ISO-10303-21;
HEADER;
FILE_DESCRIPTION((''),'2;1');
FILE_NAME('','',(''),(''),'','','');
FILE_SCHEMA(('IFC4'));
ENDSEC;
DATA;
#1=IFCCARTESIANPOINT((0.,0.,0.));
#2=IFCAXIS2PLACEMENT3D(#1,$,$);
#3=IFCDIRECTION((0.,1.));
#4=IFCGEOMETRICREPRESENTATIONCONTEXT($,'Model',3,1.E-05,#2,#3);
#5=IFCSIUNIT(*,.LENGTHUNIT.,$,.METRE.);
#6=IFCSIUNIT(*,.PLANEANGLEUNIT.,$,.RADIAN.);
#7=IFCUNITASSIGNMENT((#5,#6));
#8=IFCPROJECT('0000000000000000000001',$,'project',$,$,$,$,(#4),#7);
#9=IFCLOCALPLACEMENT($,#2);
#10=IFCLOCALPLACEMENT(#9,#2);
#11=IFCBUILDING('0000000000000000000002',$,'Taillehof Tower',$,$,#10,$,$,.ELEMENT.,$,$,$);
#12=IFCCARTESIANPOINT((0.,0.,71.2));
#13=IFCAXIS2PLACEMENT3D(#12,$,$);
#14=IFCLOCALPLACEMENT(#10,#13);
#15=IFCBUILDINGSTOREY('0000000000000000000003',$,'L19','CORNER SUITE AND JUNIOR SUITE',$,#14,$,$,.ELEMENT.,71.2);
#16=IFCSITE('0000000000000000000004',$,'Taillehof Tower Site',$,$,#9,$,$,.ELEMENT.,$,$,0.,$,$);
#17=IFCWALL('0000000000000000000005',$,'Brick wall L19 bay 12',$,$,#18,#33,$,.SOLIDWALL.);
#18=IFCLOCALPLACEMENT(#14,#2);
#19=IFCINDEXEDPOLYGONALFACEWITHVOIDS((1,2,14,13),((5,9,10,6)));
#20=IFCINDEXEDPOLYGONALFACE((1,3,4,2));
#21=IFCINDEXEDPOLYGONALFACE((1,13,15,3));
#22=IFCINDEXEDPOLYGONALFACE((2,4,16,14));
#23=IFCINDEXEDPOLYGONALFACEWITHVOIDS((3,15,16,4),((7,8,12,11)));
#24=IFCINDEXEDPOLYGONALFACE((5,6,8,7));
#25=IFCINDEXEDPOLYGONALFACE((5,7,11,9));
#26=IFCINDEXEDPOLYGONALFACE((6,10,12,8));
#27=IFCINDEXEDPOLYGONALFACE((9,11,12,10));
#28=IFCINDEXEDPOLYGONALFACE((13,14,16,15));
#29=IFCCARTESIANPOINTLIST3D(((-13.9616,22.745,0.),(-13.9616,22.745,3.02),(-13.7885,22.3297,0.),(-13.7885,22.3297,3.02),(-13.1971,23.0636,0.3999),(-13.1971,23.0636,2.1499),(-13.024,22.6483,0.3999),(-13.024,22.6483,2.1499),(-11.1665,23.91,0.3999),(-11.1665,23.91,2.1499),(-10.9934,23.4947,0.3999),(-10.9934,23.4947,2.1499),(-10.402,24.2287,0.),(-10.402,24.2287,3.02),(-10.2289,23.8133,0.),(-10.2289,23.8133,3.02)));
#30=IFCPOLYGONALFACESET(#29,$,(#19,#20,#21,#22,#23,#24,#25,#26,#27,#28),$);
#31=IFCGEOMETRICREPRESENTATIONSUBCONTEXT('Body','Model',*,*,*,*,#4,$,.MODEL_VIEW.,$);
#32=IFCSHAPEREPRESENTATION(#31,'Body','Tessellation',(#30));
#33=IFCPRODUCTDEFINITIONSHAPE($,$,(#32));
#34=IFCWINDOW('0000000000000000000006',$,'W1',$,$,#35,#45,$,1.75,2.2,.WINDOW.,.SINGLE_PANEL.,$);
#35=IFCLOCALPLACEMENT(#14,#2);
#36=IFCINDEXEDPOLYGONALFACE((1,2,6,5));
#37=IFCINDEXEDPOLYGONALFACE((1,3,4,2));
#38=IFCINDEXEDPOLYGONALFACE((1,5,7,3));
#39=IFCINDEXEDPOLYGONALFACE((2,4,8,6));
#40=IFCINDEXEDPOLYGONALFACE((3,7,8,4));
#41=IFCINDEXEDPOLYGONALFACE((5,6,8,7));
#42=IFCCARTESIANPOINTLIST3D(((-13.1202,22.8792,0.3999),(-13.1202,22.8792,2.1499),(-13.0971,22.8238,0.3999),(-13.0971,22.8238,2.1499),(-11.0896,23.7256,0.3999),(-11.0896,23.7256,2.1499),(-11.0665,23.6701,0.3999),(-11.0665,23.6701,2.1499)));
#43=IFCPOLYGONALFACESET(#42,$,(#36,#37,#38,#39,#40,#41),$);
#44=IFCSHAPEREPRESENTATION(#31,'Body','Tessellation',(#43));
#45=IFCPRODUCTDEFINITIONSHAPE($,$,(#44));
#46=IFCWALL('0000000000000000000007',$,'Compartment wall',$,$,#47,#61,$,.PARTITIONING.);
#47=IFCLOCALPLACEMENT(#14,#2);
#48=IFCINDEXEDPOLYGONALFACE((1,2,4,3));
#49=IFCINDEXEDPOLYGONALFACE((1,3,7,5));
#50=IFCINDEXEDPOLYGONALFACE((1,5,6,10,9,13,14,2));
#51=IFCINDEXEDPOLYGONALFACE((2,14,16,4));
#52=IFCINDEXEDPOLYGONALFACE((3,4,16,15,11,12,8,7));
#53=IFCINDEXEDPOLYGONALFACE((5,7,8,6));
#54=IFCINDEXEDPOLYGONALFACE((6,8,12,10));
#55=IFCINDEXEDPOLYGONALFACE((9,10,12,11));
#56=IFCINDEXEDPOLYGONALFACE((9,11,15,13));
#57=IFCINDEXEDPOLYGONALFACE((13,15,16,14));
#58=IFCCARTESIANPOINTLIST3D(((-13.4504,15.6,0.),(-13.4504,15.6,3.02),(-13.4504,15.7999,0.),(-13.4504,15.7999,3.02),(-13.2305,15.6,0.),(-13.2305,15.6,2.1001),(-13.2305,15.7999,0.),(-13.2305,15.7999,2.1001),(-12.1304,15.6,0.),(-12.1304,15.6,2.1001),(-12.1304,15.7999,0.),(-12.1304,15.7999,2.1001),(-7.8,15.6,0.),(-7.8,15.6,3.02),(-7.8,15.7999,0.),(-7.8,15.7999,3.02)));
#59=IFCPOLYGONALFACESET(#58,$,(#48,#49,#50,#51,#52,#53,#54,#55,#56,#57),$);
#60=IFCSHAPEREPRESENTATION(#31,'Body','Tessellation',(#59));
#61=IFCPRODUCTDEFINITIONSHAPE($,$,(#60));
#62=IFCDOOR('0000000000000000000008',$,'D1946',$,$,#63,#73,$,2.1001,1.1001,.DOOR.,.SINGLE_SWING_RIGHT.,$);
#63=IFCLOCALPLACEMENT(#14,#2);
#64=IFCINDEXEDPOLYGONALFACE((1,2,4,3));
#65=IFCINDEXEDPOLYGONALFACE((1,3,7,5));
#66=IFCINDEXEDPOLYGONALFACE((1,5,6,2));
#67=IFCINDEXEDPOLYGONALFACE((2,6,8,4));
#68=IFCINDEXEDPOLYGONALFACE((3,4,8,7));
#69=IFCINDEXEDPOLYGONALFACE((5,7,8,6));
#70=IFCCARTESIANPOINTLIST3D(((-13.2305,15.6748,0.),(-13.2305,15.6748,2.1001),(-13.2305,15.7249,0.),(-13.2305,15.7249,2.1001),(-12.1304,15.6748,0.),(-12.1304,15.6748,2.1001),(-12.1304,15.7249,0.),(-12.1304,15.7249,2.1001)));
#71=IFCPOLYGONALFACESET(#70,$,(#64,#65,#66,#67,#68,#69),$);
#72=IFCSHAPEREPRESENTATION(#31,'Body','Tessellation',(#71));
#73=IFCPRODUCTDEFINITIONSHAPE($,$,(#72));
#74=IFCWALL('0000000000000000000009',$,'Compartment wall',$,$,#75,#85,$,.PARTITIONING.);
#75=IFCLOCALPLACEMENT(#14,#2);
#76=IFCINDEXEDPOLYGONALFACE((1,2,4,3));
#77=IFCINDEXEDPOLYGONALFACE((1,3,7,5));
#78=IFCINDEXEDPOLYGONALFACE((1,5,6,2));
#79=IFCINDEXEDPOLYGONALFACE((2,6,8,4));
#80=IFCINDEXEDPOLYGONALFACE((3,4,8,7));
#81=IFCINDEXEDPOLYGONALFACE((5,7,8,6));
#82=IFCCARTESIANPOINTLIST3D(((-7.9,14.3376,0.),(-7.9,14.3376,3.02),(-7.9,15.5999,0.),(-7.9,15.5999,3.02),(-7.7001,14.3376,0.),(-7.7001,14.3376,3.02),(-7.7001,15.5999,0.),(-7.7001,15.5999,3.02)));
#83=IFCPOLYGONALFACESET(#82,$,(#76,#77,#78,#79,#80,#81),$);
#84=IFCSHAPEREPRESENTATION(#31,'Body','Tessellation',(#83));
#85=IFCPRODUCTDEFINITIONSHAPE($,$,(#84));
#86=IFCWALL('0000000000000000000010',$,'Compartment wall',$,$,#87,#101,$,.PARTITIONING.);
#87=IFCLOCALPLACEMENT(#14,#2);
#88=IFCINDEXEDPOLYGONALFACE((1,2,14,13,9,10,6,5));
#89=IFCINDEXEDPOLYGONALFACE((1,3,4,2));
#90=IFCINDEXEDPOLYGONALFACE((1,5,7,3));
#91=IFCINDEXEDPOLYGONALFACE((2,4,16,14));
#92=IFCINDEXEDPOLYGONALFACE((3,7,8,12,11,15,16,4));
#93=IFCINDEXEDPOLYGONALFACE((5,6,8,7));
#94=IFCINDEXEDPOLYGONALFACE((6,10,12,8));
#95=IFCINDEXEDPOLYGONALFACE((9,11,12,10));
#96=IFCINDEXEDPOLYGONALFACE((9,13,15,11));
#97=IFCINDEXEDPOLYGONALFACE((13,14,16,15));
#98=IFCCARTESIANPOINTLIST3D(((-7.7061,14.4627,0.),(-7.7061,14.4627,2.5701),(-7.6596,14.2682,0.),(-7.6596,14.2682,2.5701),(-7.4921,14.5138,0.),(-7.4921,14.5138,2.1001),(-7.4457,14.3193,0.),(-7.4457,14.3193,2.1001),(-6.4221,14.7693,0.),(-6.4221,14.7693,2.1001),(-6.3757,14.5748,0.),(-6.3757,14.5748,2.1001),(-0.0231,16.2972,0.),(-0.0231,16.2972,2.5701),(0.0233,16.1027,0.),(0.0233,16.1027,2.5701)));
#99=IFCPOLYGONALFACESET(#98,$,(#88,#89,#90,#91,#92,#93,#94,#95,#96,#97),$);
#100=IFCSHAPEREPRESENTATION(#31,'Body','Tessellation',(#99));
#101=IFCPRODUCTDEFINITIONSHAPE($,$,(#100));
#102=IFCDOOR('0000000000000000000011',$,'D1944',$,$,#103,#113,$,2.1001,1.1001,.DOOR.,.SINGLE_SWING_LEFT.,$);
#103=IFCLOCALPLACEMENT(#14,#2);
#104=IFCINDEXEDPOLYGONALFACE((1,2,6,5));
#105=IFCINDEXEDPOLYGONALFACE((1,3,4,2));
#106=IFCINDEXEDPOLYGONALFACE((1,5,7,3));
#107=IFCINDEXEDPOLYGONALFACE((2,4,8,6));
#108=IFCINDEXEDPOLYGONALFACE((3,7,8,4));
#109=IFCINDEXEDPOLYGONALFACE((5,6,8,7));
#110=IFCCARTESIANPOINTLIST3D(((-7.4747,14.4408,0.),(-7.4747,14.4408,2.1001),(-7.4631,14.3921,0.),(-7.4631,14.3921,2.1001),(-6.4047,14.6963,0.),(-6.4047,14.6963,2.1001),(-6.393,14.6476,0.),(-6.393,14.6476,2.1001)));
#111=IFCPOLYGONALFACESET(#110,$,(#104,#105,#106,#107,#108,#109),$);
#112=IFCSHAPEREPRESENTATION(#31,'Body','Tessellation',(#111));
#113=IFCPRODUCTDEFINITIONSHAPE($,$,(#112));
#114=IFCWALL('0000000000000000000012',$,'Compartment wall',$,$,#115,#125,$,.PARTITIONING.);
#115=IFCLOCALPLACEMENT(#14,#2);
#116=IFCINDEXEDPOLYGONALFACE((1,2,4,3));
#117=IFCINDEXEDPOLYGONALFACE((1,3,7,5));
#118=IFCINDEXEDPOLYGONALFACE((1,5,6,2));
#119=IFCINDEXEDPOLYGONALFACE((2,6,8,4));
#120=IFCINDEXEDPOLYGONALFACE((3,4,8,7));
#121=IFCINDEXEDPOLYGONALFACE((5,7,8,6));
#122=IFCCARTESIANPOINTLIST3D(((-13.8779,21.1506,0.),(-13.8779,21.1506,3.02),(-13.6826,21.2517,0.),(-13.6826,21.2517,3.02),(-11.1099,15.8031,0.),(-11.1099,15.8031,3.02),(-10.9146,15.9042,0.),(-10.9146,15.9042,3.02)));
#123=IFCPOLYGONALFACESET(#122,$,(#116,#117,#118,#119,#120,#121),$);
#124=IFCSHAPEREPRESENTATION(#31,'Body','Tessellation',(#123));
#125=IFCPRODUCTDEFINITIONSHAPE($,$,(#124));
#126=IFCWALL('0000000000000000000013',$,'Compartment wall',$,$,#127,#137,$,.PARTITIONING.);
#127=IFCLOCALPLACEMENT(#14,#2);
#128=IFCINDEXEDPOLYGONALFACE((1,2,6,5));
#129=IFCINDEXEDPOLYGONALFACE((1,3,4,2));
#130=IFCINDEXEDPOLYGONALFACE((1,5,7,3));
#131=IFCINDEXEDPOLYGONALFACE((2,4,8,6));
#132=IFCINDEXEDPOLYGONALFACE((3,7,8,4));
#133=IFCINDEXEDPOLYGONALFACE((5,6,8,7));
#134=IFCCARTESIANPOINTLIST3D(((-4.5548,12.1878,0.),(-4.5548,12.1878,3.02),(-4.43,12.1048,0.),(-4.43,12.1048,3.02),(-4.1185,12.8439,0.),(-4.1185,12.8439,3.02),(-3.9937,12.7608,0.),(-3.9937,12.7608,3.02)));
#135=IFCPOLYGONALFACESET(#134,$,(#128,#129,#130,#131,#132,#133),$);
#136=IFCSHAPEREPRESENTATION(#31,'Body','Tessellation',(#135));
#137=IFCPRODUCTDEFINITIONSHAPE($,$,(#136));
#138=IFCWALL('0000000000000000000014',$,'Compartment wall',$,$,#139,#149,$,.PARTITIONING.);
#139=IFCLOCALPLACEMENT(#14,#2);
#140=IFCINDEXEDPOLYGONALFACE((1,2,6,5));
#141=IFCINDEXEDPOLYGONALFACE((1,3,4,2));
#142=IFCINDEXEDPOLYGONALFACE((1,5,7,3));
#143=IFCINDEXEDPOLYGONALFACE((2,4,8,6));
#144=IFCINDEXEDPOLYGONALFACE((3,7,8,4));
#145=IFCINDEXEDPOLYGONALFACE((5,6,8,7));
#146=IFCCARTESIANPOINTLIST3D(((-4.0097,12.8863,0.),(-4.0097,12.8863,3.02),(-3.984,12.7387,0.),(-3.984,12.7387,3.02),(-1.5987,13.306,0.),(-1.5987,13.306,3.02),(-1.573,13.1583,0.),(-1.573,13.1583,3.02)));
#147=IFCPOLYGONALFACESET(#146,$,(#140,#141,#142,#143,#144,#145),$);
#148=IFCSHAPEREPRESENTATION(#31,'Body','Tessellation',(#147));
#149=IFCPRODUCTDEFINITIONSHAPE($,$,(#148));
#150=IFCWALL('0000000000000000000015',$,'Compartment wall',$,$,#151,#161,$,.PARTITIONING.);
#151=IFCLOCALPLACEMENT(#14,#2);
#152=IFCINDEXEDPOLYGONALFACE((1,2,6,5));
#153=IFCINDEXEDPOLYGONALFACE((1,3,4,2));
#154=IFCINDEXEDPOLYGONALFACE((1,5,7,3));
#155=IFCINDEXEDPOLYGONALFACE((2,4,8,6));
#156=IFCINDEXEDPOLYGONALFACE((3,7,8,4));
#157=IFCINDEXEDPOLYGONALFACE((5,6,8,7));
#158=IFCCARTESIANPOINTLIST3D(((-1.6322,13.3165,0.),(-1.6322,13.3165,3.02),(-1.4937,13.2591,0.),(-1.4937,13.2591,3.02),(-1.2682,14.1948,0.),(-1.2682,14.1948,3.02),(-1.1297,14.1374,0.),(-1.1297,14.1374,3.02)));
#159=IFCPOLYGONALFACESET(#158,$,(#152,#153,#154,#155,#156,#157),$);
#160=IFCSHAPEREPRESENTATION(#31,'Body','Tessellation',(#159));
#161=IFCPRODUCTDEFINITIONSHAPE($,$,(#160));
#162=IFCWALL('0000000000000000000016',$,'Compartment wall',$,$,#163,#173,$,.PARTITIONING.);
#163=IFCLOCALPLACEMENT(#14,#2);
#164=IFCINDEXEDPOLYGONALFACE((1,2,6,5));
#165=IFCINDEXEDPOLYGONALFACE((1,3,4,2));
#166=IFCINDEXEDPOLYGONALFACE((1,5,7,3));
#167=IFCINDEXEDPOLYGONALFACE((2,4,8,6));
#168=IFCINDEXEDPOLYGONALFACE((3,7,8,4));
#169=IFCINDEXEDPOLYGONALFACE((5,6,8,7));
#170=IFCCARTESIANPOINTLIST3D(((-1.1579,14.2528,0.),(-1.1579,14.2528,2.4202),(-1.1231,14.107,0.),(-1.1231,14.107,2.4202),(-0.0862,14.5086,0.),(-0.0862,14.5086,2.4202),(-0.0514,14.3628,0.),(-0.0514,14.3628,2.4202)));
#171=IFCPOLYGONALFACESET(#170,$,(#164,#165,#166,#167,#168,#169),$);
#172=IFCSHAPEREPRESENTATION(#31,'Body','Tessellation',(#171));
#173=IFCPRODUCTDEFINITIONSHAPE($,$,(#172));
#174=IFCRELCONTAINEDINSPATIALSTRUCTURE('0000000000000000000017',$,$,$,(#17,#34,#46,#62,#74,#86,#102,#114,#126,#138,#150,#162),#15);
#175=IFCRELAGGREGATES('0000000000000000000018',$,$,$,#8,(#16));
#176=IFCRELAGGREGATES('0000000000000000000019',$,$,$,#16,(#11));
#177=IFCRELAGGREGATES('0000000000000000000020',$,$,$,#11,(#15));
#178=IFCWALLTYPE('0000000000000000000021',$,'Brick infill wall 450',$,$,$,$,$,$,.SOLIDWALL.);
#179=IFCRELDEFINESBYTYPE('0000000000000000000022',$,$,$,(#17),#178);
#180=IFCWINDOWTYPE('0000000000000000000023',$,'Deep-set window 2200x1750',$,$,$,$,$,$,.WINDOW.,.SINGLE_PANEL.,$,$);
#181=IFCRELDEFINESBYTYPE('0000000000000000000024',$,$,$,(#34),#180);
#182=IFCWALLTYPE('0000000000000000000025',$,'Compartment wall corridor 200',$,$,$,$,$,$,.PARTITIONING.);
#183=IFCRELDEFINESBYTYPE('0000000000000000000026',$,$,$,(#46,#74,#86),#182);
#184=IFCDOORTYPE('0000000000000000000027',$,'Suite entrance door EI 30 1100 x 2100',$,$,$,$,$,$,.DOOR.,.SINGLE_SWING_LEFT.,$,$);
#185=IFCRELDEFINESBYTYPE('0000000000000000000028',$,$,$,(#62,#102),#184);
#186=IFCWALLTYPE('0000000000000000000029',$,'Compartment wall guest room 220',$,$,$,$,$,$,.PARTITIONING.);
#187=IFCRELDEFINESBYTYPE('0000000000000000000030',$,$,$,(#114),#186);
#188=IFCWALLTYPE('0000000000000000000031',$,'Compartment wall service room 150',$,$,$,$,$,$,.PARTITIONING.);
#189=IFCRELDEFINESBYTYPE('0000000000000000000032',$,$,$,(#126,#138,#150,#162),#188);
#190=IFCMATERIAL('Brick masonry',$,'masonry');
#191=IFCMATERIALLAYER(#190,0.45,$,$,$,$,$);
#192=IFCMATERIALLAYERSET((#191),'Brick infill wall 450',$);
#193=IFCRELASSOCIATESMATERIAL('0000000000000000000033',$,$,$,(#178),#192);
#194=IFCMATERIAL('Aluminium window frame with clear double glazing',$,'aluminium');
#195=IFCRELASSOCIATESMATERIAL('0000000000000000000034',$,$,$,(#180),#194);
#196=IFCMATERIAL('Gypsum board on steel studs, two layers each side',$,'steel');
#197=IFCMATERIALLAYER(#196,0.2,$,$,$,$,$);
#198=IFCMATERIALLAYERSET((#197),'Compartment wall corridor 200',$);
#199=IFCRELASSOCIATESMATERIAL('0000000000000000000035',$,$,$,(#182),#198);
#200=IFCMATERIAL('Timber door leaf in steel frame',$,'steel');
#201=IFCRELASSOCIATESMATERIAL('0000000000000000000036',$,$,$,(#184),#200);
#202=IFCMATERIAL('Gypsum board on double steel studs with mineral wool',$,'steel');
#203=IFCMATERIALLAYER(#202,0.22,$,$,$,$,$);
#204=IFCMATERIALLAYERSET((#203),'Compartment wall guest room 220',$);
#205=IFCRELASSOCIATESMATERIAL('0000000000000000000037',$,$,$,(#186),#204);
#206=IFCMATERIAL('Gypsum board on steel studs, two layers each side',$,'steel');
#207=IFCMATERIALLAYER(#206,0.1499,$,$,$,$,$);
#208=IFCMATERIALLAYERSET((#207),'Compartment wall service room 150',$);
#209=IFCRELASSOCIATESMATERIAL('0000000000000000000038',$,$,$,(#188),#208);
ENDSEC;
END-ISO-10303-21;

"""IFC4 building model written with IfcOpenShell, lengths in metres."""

from ifc_helpers import new_model, si_unit, direction, frame, frame_2d, origin, place, context, subcontext, project, spatial, rectangle, extrude, material, layer, layer_set, type_object, element, fill, save


model = new_model("IFC4")

# Units and contexts
model_context = context("Model", 3, precision=1e-05, world=origin(), true_north=direction((0.0, 1.0)))
body_context = subcontext(model_context, "Body", "Model", "MODEL_VIEW")
ifc_project = project(units=[si_unit("LENGTHUNIT", "METRE"), si_unit("PLANEANGLEUNIT", "RADIAN")], contexts=[model_context])

# Site, building, storey
site_placement = place(None, origin())
site = spatial("IfcSite", under=ifc_project, at=site_placement, Name="Taillehof Tower Site", CompositionType="ELEMENT", RefElevation=0.0)
building_placement = place(site_placement, origin())
building = spatial("IfcBuilding", under=site, at=building_placement, Name="Taillehof Tower", CompositionType="ELEMENT")
storey_placement = place(building_placement, frame((0.0, 0.0, 71.2)))
storey = spatial("IfcBuildingStorey", under=building, at=storey_placement, Name="L19", Description="CORNER SUITE AND JUNIOR SUITE", CompositionType="ELEMENT", Elevation=71.2)

# Wall, opening, window
ifc_material_1 = material(Name="Brick masonry", Category="masonry")
ifc_layer_1 = layer(ifc_material_1, 0.45)
ifc_layer_set_1 = layer_set([ifc_layer_1], Name="Brick infill wall 450")
wall_type_1 = type_object("IfcWallType", Name="Brick infill wall 450", PredefinedType="SOLIDWALL", material=ifc_layer_set_1)
ifc_material_2 = material(Name="Aluminium window frame with clear double glazing", Category="aluminium")
window_type = type_object("IfcWindowType", Name="Deep-set window 2200x1750", PartitioningType="SINGLE_PANEL", PredefinedType="WINDOW", material=ifc_material_2)
wall_1_placement = place(storey_placement, frame((-10.3154, 24.021, 0.0), z_axis=(0.0, 0.0, 1.0), x_axis=(-0.923032, -0.384723, 0.0)))
wall_1 = element("IfcWall", 1, at=wall_1_placement, inside=storey, type_object=wall_type_1, Name="Brick wall L19 bay 12", PredefinedType="SOLIDWALL", context=body_context, shape_type="SweptSolid", body=[
    extrude(rectangle(XDim=3.8564, YDim=0.45, at=frame_2d((1.9282, 0.0))), origin(), (0.0, 0.0, 1.0), 3.02),
])
opening_1_placement = place(wall_1_placement, frame((0.8281, 0.0, 0.3999)))
opening_1 = element("IfcOpeningElement", 2, at=opening_1_placement, cuts=wall_1, PredefinedType="OPENING", context=body_context, shape_type="SweptSolid", body=[
    extrude(rectangle(XDim=2.2, YDim=1.75, at=frame_2d((1.1001, 0.875))), frame((0.0, 0.2349, 0.0), z_axis=(0.0, -1.0, 0.0), x_axis=(1.0, 0.0, 0.0)), (0.0, 0.0, 1.0), 0.47),
])
window_1_placement = place(opening_1_placement, origin())
window_1 = element("IfcWindow", 3, at=window_1_placement, inside=storey, type_object=window_type, Name="W1", OverallHeight=1.75, OverallWidth=2.2, PartitioningType="SINGLE_PANEL", PredefinedType="WINDOW", context=body_context, shape_type="SweptSolid", body=[
    extrude(rectangle(XDim=2.2, YDim=1.75, at=frame_2d((1.1001, 0.875))), frame((0.0, 0.0349, 0.0), z_axis=(0.0, -1.0, 0.0), x_axis=(1.0, 0.0, 0.0)), (0.0, 0.0, 1.0), 0.0601),
])
fill(opening_1, window_1)

# Wall, opening, door
ifc_material_3 = material(Name="Gypsum board on steel studs, two layers each side", Category="steel")
ifc_layer_2 = layer(ifc_material_3, 0.2)
ifc_layer_set_2 = layer_set([ifc_layer_2], Name="Compartment wall corridor 200")
wall_type_2 = type_object("IfcWallType", Name="Compartment wall corridor 200", PredefinedType="PARTITIONING", material=ifc_layer_set_2)
wall_2_placement = place(storey_placement, frame((-13.4504, 15.7, 0.0), z_axis=(0.0, 0.0, 1.0), x_axis=(1.0, 0.0, 0.0)))
wall_2 = element("IfcWall", 4, at=wall_2_placement, inside=storey, type_object=wall_type_2, Name="Compartment wall", PredefinedType="PARTITIONING", context=body_context, shape_type="SweptSolid", body=[
    extrude(rectangle(XDim=5.6504, YDim=0.2, at=frame_2d((2.8252, 0.0))), origin(), (0.0, 0.0, 1.0), 3.02),
])
opening_2_placement = place(wall_2_placement, frame((0.22, 0.0, 0.0)))
opening_2 = element("IfcOpeningElement", 5, at=opening_2_placement, cuts=wall_2, PredefinedType="OPENING", context=body_context, shape_type="SweptSolid", body=[
    extrude(rectangle(XDim=1.1001, YDim=2.1001, at=frame_2d((0.55, 1.05))), frame((0.0, 0.1099, 0.0), z_axis=(0.0, -1.0, 0.0), x_axis=(1.0, 0.0, 0.0)), (0.0, 0.0, 1.0), 0.22),
])
ifc_material_4 = material(Name="Timber door leaf in steel frame", Category="steel")
door_type_1 = type_object("IfcDoorType", Name="Suite entrance door EI 30 1100 x 2100", OperationType="SINGLE_SWING_LEFT", PredefinedType="DOOR", material=ifc_material_4)
door_1_placement = place(opening_2_placement, origin())
door_1 = element("IfcDoor", 6, at=door_1_placement, inside=storey, type_object=door_type_1, Name="D1946", OperationType="SINGLE_SWING_RIGHT", OverallHeight=2.1001, OverallWidth=1.1001, PredefinedType="DOOR", context=body_context, shape_type="SweptSolid", body=[
    extrude(rectangle(XDim=1.1001, YDim=2.1001, at=frame_2d((0.55, 1.05))), frame((0.0, 0.0249, 0.0), z_axis=(0.0, -1.0, 0.0), x_axis=(1.0, 0.0, 0.0)), (0.0, 0.0, 1.0), 0.05),
])
fill(opening_2, door_1)

# Wall
wall_3_placement = place(storey_placement, frame((-7.8, 15.5999, 0.0), z_axis=(0.0, 0.0, 1.0), x_axis=(0.0, -1.0, 0.0)))
element("IfcWall", 7, at=wall_3_placement, inside=storey, type_object=wall_type_2, Name="Compartment wall", PredefinedType="PARTITIONING", context=body_context, shape_type="SweptSolid", body=[
    extrude(rectangle(XDim=1.2622, YDim=0.2, at=frame_2d((0.6311, 0.0))), origin(), (0.0, 0.0, 1.0), 3.02),
])

# Wall, opening, door
wall_4_placement = place(storey_placement, frame((-7.6829, 14.3655, 0.0), z_axis=(0.0, 0.0, 1.0), x_axis=(0.972657, 0.232246, 0.0)))
wall_4 = element("IfcWall", 8, at=wall_4_placement, inside=storey, type_object=wall_type_2, Name="Compartment wall", PredefinedType="PARTITIONING", context=body_context, shape_type="SweptSolid", body=[
    extrude(rectangle(XDim=7.8989, YDim=0.2, at=frame_2d((3.9495, 0.0))), origin(), (0.0, 0.0, 1.0), 2.5701),
])
opening_3_placement = place(wall_4_placement, frame((0.22, 0.0, 0.0)))
opening_3 = element("IfcOpeningElement", 9, at=opening_3_placement, cuts=wall_4, PredefinedType="OPENING", context=body_context, shape_type="SweptSolid", body=[
    extrude(rectangle(XDim=1.1001, YDim=2.1001, at=frame_2d((0.55, 1.05))), frame((0.0, 0.1099, 0.0), z_axis=(0.0, -1.0, 0.0), x_axis=(1.0, 0.0, 0.0)), (0.0, 0.0, 1.0), 0.22),
])
door_2_placement = place(opening_3_placement, origin())
door_2 = element("IfcDoor", 10, at=door_2_placement, inside=storey, type_object=door_type_1, Name="D1944", OperationType="SINGLE_SWING_LEFT", OverallHeight=2.1001, OverallWidth=1.1001, PredefinedType="DOOR", context=body_context, shape_type="SweptSolid", body=[
    extrude(rectangle(XDim=1.1001, YDim=2.1001, at=frame_2d((0.55, 1.05))), frame((0.0, 0.0249, 0.0), z_axis=(0.0, -1.0, 0.0), x_axis=(1.0, 0.0, 0.0)), (0.0, 0.0, 1.0), 0.05),
])
fill(opening_3, door_2)

# Walls
ifc_material_5 = material(Name="Gypsum board on double steel studs with mineral wool", Category="steel")
ifc_layer_3 = layer(ifc_material_5, 0.22)
ifc_layer_set_3 = layer_set([ifc_layer_3], Name="Compartment wall guest room 220")
wall_type_3 = type_object("IfcWallType", Name="Compartment wall guest room 220", PredefinedType="PARTITIONING", material=ifc_layer_set_3)
wall_5_placement = place(storey_placement, frame((-13.7803, 21.2012, 0.0), z_axis=(0.0, 0.0, 1.0), x_axis=(0.45969, -0.88808, 0.0)))
element("IfcWall", 11, at=wall_5_placement, inside=storey, type_object=wall_type_3, Name="Compartment wall", PredefinedType="PARTITIONING", context=body_context, shape_type="SweptSolid", body=[
    extrude(rectangle(XDim=6.0215, YDim=0.22, at=frame_2d((3.0107, 0.0))), origin(), (0.0, 0.0, 1.0), 3.02),
])
ifc_material_6 = material(Name="Gypsum board on steel studs, two layers each side", Category="steel")
ifc_layer_4 = layer(ifc_material_6, 0.1499)
ifc_layer_set_4 = layer_set([ifc_layer_4], Name="Compartment wall service room 150")
wall_type_4 = type_object("IfcWallType", Name="Compartment wall service room 150", PredefinedType="PARTITIONING", material=ifc_layer_set_4)
wall_6_placement = place(storey_placement, frame((-4.4924, 12.1462, 0.0), z_axis=(0.0, 0.0, 1.0), x_axis=(0.55377, 0.83267, 0.0)))
element("IfcWall", 12, at=wall_6_placement, inside=storey, type_object=wall_type_4, Name="Compartment wall", PredefinedType="PARTITIONING", context=body_context, shape_type="SweptSolid", body=[
    extrude(rectangle(XDim=0.7878, YDim=0.1499, at=frame_2d((0.394, 0.0))), origin(), (0.0, 0.0, 1.0), 3.02),
])
wall_7_placement = place(storey_placement, frame((-3.9968, 12.8125, 0.0), z_axis=(0.0, 0.0, 1.0), x_axis=(0.985188, 0.17148, 0.0)))
element("IfcWall", 13, at=wall_7_placement, inside=storey, type_object=wall_type_4, Name="Compartment wall", PredefinedType="PARTITIONING", context=body_context, shape_type="SweptSolid", body=[
    extrude(rectangle(XDim=2.4473, YDim=0.1499, at=frame_2d((1.2236, 0.0))), origin(), (0.0, 0.0, 1.0), 3.02),
])
wall_8_placement = place(storey_placement, frame((-1.563, 13.2878, 0.0), z_axis=(0.0, 0.0, 1.0), x_axis=(0.382919, 0.923782, 0.0)))
element("IfcWall", 14, at=wall_8_placement, inside=storey, type_object=wall_type_4, Name="Compartment wall", PredefinedType="PARTITIONING", context=body_context, shape_type="SweptSolid", body=[
    extrude(rectangle(XDim=0.9507, YDim=0.1499, at=frame_2d((0.4753, 0.0))), origin(), (0.0, 0.0, 1.0), 3.02),
])
wall_9_placement = place(storey_placement, frame((-1.1404, 14.1799, 0.0), z_axis=(0.0, 0.0, 1.0), x_axis=(0.972668, 0.2322, 0.0)))
element("IfcWall", 15, at=wall_9_placement, inside=storey, type_object=wall_type_4, Name="Compartment wall", PredefinedType="PARTITIONING", context=body_context, shape_type="SweptSolid", body=[
    extrude(rectangle(XDim=1.1018, YDim=0.1499, at=frame_2d((0.5508, 0.0))), origin(), (0.0, 0.0, 1.0), 2.4202),
])

save(model, "model.ifc")
